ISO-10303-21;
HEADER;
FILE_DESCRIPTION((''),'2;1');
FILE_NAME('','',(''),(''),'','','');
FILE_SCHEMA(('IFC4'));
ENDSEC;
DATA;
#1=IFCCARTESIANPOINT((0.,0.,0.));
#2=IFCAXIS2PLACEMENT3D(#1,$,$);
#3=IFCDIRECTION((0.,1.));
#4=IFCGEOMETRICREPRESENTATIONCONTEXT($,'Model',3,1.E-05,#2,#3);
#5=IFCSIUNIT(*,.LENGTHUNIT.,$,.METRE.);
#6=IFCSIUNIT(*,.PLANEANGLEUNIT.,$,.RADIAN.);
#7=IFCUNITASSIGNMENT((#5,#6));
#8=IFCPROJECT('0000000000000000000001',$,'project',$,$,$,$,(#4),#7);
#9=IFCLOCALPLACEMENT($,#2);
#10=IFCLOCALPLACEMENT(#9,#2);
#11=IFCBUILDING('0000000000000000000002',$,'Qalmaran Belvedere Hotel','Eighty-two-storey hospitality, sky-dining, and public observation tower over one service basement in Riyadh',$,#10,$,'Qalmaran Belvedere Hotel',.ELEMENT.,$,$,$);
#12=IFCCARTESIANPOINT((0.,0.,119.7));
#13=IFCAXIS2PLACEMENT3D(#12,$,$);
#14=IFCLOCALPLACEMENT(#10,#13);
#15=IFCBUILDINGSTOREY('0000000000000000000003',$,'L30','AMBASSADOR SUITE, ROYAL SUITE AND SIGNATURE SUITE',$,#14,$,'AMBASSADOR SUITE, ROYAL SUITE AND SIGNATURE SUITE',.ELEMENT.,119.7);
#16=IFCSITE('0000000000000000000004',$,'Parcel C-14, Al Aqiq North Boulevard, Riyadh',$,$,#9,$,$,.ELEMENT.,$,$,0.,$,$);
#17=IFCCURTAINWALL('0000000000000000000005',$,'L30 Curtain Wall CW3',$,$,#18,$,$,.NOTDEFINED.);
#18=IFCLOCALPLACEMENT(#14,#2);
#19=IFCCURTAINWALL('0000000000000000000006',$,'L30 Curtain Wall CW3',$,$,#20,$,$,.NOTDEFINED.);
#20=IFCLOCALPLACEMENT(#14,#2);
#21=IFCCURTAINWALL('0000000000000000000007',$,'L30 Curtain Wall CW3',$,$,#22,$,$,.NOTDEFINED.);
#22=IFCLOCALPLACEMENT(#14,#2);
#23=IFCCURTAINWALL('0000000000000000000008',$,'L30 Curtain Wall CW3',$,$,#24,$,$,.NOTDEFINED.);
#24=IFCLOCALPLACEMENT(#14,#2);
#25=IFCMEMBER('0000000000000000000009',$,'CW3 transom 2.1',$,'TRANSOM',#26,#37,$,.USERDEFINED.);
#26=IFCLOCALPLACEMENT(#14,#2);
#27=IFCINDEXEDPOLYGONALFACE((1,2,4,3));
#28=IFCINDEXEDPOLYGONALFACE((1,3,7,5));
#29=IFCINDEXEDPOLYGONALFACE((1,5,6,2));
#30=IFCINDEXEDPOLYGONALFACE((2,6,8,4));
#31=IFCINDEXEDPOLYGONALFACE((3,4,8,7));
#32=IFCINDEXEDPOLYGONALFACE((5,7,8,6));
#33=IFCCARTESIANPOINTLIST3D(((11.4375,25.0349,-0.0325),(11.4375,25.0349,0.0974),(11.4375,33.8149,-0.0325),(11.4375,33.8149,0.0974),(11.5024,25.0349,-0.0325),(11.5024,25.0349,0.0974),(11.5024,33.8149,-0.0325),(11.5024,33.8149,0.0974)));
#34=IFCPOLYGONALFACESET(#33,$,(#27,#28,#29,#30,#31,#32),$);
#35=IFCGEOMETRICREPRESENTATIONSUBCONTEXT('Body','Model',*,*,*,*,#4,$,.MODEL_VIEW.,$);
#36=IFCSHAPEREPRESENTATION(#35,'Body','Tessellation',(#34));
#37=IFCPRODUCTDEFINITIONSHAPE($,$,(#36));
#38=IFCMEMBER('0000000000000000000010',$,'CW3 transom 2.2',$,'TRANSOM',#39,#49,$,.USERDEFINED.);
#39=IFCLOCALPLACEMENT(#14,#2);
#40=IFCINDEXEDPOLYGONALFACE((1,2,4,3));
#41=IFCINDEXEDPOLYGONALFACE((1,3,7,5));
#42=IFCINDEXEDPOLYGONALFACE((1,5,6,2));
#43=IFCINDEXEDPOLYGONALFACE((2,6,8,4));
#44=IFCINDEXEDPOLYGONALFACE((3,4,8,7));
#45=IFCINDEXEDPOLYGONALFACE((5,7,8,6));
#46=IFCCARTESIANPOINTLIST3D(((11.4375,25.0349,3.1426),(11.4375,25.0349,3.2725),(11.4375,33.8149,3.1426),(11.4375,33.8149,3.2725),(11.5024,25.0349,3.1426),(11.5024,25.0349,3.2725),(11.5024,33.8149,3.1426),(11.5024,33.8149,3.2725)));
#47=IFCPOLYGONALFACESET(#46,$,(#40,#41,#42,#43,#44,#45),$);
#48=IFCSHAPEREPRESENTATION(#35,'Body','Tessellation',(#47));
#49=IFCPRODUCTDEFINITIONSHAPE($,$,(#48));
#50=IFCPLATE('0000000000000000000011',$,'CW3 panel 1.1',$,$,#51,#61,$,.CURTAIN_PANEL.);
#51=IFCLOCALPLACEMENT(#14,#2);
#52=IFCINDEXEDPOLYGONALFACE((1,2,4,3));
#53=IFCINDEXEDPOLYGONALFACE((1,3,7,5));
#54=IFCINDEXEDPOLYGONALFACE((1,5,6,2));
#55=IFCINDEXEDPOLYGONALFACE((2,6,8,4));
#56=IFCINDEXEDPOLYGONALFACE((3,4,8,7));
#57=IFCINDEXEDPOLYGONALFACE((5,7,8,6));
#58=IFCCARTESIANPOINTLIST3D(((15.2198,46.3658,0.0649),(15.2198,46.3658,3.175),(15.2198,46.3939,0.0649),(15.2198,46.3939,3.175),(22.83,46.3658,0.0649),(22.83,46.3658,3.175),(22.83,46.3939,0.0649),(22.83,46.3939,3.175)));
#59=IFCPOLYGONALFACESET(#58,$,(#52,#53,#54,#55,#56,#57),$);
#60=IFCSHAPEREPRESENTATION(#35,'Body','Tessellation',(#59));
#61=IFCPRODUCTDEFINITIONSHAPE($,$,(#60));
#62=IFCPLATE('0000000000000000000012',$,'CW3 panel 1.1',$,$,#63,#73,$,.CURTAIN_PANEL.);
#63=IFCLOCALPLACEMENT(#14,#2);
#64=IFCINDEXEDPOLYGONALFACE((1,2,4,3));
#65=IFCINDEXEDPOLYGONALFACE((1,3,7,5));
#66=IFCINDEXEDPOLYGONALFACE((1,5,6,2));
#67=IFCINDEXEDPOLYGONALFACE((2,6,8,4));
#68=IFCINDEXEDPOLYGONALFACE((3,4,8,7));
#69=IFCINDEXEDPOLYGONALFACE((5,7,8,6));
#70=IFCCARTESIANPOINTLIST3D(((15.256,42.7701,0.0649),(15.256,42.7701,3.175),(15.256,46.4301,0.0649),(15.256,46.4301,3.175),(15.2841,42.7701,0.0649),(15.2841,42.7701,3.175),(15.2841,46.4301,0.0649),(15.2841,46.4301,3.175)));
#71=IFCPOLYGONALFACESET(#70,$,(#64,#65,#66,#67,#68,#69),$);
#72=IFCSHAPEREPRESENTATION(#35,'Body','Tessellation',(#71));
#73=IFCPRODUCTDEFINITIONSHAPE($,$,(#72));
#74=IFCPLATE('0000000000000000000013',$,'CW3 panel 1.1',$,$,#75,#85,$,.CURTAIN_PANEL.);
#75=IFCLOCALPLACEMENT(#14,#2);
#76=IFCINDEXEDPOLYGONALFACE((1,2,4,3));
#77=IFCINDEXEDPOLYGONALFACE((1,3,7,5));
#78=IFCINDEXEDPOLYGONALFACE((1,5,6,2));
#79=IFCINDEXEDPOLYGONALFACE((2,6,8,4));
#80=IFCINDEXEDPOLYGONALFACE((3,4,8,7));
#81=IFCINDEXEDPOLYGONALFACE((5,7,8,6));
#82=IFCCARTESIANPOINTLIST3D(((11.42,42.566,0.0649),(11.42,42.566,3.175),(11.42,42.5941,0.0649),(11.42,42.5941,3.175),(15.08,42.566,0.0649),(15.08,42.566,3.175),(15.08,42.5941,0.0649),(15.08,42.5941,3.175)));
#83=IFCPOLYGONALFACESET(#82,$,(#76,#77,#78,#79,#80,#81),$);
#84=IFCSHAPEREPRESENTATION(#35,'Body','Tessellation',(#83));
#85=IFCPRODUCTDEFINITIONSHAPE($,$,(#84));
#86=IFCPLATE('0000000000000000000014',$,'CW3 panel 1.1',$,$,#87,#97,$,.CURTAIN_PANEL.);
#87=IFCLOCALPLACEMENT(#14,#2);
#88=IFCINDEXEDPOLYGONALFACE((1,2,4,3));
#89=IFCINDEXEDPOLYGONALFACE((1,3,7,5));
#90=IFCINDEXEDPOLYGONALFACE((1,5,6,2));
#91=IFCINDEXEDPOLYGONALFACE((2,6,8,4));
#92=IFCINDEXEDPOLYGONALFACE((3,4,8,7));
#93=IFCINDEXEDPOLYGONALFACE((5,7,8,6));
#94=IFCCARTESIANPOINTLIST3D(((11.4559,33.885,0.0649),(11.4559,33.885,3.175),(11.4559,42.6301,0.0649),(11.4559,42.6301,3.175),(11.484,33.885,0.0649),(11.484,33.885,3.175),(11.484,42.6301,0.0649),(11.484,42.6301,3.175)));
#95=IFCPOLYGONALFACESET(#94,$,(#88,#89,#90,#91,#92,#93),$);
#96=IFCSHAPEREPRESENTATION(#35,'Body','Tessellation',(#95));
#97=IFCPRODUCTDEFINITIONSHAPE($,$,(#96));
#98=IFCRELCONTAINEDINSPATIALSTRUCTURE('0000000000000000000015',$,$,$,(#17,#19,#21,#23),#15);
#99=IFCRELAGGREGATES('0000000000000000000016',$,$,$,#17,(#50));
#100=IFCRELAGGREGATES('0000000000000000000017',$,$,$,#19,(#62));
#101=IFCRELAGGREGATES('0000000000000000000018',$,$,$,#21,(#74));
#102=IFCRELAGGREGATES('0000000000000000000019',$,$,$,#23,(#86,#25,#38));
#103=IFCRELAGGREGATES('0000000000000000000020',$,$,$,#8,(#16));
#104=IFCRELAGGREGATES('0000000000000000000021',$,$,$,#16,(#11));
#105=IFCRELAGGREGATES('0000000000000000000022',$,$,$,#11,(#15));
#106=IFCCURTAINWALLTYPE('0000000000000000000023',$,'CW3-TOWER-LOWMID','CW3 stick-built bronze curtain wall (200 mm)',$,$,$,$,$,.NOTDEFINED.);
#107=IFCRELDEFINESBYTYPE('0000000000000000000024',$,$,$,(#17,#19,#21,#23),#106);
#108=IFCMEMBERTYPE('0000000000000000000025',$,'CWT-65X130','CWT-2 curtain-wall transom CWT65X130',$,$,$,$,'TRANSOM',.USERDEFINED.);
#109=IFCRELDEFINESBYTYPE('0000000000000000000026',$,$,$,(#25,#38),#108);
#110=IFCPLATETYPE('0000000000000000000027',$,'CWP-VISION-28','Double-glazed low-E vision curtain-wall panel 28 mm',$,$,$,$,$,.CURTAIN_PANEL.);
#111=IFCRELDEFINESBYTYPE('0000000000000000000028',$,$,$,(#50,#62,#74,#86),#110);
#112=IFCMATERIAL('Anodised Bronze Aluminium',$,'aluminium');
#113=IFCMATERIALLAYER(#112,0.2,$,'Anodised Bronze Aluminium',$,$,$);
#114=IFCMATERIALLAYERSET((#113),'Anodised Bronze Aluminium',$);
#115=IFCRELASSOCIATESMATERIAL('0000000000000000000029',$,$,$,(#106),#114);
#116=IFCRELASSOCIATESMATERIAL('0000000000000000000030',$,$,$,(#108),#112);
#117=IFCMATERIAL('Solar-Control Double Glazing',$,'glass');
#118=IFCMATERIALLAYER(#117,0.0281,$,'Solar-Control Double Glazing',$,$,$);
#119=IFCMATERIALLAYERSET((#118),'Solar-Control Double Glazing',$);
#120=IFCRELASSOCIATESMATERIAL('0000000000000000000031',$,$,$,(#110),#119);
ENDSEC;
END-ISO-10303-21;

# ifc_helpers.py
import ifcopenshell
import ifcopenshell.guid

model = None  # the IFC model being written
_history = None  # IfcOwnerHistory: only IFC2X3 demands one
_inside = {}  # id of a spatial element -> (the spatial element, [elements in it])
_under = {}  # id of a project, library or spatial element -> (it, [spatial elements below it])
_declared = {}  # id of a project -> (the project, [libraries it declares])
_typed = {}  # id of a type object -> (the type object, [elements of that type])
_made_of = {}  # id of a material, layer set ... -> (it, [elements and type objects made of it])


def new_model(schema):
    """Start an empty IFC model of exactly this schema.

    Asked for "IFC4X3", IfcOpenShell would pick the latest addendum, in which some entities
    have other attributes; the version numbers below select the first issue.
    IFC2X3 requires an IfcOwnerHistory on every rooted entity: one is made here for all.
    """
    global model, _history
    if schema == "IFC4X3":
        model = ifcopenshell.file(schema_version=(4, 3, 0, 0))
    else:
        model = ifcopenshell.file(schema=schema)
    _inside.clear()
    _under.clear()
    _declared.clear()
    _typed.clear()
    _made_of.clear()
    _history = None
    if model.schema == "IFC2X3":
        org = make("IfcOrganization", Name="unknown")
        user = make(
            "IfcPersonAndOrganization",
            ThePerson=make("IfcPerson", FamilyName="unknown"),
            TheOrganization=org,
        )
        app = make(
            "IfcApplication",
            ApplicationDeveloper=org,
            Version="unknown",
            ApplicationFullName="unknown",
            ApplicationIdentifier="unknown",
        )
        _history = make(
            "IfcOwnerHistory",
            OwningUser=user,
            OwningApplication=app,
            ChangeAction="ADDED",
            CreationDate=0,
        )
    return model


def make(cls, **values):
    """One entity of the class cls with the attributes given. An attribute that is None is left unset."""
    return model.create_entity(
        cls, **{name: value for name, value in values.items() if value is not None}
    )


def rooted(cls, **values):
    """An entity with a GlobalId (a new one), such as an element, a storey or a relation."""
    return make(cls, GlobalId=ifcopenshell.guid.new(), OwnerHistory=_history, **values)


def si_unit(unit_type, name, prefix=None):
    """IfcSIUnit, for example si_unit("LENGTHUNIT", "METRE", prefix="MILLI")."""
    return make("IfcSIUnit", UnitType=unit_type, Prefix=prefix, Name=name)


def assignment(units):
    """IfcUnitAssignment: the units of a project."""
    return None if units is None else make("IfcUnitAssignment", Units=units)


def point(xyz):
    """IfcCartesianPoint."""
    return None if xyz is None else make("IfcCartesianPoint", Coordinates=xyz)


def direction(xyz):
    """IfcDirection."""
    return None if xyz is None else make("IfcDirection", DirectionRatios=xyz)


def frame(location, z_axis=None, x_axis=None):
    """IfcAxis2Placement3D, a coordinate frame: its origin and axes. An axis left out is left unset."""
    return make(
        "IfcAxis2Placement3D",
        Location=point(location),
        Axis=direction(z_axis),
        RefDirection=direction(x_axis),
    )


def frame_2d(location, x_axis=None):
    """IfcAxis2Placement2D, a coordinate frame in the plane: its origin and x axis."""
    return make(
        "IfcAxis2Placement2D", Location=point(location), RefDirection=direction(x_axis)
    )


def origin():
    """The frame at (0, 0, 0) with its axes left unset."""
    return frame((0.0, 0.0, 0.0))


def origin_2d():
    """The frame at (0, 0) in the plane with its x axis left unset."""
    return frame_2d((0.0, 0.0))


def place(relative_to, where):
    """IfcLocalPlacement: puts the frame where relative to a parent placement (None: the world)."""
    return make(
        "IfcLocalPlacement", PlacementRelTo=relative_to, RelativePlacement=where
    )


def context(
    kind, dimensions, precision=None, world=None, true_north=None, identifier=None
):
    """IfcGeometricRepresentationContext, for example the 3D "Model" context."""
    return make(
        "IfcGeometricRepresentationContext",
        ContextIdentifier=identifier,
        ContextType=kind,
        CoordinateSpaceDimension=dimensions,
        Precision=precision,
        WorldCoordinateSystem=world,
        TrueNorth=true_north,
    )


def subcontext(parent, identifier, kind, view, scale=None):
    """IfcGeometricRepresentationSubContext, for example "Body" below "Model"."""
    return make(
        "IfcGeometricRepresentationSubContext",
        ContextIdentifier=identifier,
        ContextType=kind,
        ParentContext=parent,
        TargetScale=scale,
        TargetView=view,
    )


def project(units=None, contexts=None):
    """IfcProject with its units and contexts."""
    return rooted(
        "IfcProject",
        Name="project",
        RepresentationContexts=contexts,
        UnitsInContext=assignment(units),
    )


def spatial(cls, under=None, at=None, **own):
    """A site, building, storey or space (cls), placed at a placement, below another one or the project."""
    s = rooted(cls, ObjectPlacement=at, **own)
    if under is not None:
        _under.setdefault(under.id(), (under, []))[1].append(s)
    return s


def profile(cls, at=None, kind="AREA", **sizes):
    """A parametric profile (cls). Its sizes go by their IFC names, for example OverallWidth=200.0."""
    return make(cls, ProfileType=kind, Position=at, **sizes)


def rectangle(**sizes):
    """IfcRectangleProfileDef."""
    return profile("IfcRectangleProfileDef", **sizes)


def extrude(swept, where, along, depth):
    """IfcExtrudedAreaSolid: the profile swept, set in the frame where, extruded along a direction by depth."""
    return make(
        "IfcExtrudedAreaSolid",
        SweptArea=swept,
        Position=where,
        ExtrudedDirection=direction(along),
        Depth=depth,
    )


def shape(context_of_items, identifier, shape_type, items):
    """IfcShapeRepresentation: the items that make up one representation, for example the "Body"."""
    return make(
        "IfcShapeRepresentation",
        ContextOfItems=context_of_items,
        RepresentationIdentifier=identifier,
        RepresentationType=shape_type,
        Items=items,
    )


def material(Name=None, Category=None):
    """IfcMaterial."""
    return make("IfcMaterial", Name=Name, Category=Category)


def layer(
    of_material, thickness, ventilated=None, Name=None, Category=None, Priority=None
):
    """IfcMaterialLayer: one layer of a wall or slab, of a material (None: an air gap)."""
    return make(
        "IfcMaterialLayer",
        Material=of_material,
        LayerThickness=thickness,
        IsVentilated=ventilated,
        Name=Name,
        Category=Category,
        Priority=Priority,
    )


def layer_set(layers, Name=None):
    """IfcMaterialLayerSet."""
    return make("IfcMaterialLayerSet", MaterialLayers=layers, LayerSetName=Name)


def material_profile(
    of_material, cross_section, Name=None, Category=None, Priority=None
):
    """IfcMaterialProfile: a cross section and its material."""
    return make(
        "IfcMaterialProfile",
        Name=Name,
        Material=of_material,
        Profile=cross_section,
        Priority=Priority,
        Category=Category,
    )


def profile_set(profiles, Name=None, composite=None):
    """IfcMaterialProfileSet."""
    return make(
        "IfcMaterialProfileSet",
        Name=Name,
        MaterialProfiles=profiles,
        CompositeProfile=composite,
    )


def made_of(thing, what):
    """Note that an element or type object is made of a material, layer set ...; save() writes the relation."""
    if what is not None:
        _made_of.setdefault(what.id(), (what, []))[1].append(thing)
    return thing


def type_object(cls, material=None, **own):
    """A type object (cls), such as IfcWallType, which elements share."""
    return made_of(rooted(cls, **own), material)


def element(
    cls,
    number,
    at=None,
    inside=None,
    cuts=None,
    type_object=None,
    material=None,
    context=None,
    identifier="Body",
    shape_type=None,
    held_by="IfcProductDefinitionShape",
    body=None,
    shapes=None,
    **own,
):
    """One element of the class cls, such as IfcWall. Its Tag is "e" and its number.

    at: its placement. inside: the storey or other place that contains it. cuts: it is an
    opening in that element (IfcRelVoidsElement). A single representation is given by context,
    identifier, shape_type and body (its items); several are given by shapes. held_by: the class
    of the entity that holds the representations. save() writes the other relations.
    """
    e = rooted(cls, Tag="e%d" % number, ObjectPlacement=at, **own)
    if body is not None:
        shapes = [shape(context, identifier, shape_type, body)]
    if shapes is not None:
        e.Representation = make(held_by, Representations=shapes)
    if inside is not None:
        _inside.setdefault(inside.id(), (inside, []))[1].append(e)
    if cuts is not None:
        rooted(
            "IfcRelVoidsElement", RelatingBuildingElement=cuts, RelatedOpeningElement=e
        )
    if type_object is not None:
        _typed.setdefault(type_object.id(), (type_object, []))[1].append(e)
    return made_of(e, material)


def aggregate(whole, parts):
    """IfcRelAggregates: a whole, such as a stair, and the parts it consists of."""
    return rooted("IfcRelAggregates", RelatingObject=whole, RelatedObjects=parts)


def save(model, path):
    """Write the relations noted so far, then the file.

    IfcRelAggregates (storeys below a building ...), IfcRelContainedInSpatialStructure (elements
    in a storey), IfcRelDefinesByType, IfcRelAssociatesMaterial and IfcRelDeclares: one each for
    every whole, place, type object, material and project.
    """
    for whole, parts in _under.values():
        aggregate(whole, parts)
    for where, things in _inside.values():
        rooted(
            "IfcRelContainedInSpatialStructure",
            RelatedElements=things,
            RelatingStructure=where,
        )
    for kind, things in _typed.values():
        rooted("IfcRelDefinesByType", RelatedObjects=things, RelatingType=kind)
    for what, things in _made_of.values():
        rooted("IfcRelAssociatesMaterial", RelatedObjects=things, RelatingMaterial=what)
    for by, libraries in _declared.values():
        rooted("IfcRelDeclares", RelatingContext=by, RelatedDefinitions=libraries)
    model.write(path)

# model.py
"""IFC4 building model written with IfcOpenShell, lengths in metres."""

from ifc_helpers import new_model, si_unit, direction, frame, origin, origin_2d, place, context, subcontext, project, spatial, rectangle, extrude, material, layer, layer_set, material_profile, profile_set, type_object, element, aggregate, save


model = new_model("IFC4")

# Units and contexts
model_context = context("Model", 3, precision=1e-05, world=origin(), true_north=direction((0.0, 1.0)))
body_context = subcontext(model_context, "Body", "Model", "MODEL_VIEW")
ifc_project = project(units=[si_unit("LENGTHUNIT", "METRE"), si_unit("PLANEANGLEUNIT", "RADIAN")], contexts=[model_context])

# Site, building, storey
site_placement = place(None, origin())
site = spatial("IfcSite", under=ifc_project, at=site_placement, Name="Parcel C-14, Al Aqiq North Boulevard, Riyadh", CompositionType="ELEMENT", RefElevation=0.0)
building_placement = place(site_placement, origin())
building = spatial("IfcBuilding", under=site, at=building_placement, Name="Qalmaran Belvedere Hotel", Description="Eighty-two-storey hospitality, sky-dining, and public observation tower over one service basement in Riyadh", LongName="Qalmaran Belvedere Hotel", CompositionType="ELEMENT")
storey_placement = place(building_placement, frame((0.0, 0.0, 119.7)))
storey = spatial("IfcBuildingStorey", under=building, at=storey_placement, Name="L30", Description="AMBASSADOR SUITE, ROYAL SUITE AND SIGNATURE SUITE", LongName="AMBASSADOR SUITE, ROYAL SUITE AND SIGNATURE SUITE", CompositionType="ELEMENT", Elevation=119.7)

# Curtain wall
ifc_material_1 = material(Name="Anodised Bronze Aluminium", Category="aluminium")
ifc_layer_1 = layer(ifc_material_1, 0.2, Name="Anodised Bronze Aluminium")
ifc_layer_set_1 = layer_set([ifc_layer_1], Name="Anodised Bronze Aluminium")
curtain_wall_type = type_object("IfcCurtainWallType", Name="CW3-TOWER-LOWMID", Description="CW3 stick-built bronze curtain wall (200 mm)", PredefinedType="NOTDEFINED", material=ifc_layer_set_1)
curtain_wall_1_placement = place(storey_placement, origin())
curtain_wall_1 = element("IfcCurtainWall", 1, at=curtain_wall_1_placement, inside=storey, type_object=curtain_wall_type, Name="L30 Curtain Wall CW3", PredefinedType="NOTDEFINED")

# Curtain walls
curtain_wall_2_placement = place(storey_placement, origin())
curtain_wall_2 = element("IfcCurtainWall", 2, at=curtain_wall_2_placement, inside=storey, type_object=curtain_wall_type, Name="L30 Curtain Wall CW3", PredefinedType="NOTDEFINED")
curtain_wall_3_placement = place(storey_placement, origin())
curtain_wall_3 = element("IfcCurtainWall", 3, at=curtain_wall_3_placement, inside=storey, type_object=curtain_wall_type, Name="L30 Curtain Wall CW3", PredefinedType="NOTDEFINED")
curtain_wall_4_placement = place(storey_placement, origin())
curtain_wall_4 = element("IfcCurtainWall", 4, at=curtain_wall_4_placement, inside=storey, type_object=curtain_wall_type, Name="L30 Curtain Wall CW3", PredefinedType="NOTDEFINED")

# Members
ifc_material_profile_1 = material_profile(ifc_material_1, rectangle(XDim=0.0649, YDim=0.1299, at=origin_2d()), Name="CWT65X130")
ifc_profile_set_1 = profile_set([ifc_material_profile_1], Name="Anodised Bronze Aluminium")
member_type_1 = type_object("IfcMemberType", Name="CWT-65X130", Description="CWT-2 curtain-wall transom CWT65X130", ElementType="TRANSOM", PredefinedType="USERDEFINED", material=ifc_profile_set_1)
member_1_placement = place(storey_placement, frame((11.47, 33.8149, 0.0325), z_axis=(0.0, -1.0, 0.0), x_axis=(1.0, 0.0, 0.0)))
member_1 = element("IfcMember", 5, at=member_1_placement, type_object=member_type_1, Name="CW3 transom 2.1", ObjectType="TRANSOM", PredefinedType="USERDEFINED", context=body_context, shape_type="SweptSolid", body=[
    extrude(rectangle(XDim=0.0649, YDim=0.1299, at=origin_2d()), origin(), (0.0, 0.0, 1.0), 8.78),
])
member_2_placement = place(storey_placement, frame((11.47, 33.8149, 3.2075), z_axis=(0.0, -1.0, 0.0), x_axis=(1.0, 0.0, 0.0)))
member_2 = element("IfcMember", 6, at=member_2_placement, type_object=member_type_1, Name="CW3 transom 2.2", ObjectType="TRANSOM", PredefinedType="USERDEFINED", context=body_context, shape_type="SweptSolid", body=[
    extrude(rectangle(XDim=0.0649, YDim=0.1299, at=origin_2d()), origin(), (0.0, 0.0, 1.0), 8.78),
])

# Plates
ifc_material_2 = material(Name="Solar-Control Double Glazing", Category="glass")
ifc_layer_2 = layer(ifc_material_2, 0.0281, Name="Solar-Control Double Glazing")
ifc_layer_set_2 = layer_set([ifc_layer_2], Name="Solar-Control Double Glazing")
plate_type = type_object("IfcPlateType", Name="CWP-VISION-28", Description="Double-glazed low-E vision curtain-wall panel 28 mm", PredefinedType="CURTAIN_PANEL", material=ifc_layer_set_2)
plate_1_placement = place(storey_placement, frame((19.0249, 46.3799, 0.0649), z_axis=(0.0, 0.0, 1.0), x_axis=(-1.0, 0.0, 0.0)))
plate_1 = element("IfcPlate", 7, at=plate_1_placement, type_object=plate_type, Name="CW3 panel 1.1", PredefinedType="CURTAIN_PANEL", context=body_context, shape_type="SweptSolid", body=[
    extrude(rectangle(XDim=7.6101, YDim=0.0281, at=origin_2d()), origin(), (0.0, 0.0, 1.0), 3.1101),
])
aggregate(curtain_wall_1, [plate_1])
plate_2_placement = place(storey_placement, frame((15.27, 44.6001, 0.0649), z_axis=(0.0, 0.0, 1.0), x_axis=(0.0, -1.0, 0.0)))
plate_2 = element("IfcPlate", 8, at=plate_2_placement, type_object=plate_type, Name="CW3 panel 1.1", PredefinedType="CURTAIN_PANEL", context=body_context, shape_type="SweptSolid", body=[
    extrude(rectangle(XDim=3.6599, YDim=0.0281, at=origin_2d()), origin(), (0.0, 0.0, 1.0), 3.1101),
])
aggregate(curtain_wall_2, [plate_2])
plate_3_placement = place(storey_placement, frame((13.25, 42.5801, 0.0649), z_axis=(0.0, 0.0, 1.0), x_axis=(-1.0, 0.0, 0.0)))
plate_3 = element("IfcPlate", 9, at=plate_3_placement, type_object=plate_type, Name="CW3 panel 1.1", PredefinedType="CURTAIN_PANEL", context=body_context, shape_type="SweptSolid", body=[
    extrude(rectangle(XDim=3.6599, YDim=0.0281, at=origin_2d()), origin(), (0.0, 0.0, 1.0), 3.1101),
])
aggregate(curtain_wall_3, [plate_3])
plate_4_placement = place(storey_placement, frame((11.47, 38.2576, 0.0649), z_axis=(0.0, 0.0, 1.0), x_axis=(0.0, -1.0, 0.0)))
plate_4 = element("IfcPlate", 10, at=plate_4_placement, type_object=plate_type, Name="CW3 panel 1.1", PredefinedType="CURTAIN_PANEL", context=body_context, shape_type="SweptSolid", body=[
    extrude(rectangle(XDim=8.7451, YDim=0.0281, at=origin_2d()), origin(), (0.0, 0.0, 1.0), 3.1101),
])
aggregate(curtain_wall_4, [plate_4, member_1, member_2])

save(model, "model.ifc")
